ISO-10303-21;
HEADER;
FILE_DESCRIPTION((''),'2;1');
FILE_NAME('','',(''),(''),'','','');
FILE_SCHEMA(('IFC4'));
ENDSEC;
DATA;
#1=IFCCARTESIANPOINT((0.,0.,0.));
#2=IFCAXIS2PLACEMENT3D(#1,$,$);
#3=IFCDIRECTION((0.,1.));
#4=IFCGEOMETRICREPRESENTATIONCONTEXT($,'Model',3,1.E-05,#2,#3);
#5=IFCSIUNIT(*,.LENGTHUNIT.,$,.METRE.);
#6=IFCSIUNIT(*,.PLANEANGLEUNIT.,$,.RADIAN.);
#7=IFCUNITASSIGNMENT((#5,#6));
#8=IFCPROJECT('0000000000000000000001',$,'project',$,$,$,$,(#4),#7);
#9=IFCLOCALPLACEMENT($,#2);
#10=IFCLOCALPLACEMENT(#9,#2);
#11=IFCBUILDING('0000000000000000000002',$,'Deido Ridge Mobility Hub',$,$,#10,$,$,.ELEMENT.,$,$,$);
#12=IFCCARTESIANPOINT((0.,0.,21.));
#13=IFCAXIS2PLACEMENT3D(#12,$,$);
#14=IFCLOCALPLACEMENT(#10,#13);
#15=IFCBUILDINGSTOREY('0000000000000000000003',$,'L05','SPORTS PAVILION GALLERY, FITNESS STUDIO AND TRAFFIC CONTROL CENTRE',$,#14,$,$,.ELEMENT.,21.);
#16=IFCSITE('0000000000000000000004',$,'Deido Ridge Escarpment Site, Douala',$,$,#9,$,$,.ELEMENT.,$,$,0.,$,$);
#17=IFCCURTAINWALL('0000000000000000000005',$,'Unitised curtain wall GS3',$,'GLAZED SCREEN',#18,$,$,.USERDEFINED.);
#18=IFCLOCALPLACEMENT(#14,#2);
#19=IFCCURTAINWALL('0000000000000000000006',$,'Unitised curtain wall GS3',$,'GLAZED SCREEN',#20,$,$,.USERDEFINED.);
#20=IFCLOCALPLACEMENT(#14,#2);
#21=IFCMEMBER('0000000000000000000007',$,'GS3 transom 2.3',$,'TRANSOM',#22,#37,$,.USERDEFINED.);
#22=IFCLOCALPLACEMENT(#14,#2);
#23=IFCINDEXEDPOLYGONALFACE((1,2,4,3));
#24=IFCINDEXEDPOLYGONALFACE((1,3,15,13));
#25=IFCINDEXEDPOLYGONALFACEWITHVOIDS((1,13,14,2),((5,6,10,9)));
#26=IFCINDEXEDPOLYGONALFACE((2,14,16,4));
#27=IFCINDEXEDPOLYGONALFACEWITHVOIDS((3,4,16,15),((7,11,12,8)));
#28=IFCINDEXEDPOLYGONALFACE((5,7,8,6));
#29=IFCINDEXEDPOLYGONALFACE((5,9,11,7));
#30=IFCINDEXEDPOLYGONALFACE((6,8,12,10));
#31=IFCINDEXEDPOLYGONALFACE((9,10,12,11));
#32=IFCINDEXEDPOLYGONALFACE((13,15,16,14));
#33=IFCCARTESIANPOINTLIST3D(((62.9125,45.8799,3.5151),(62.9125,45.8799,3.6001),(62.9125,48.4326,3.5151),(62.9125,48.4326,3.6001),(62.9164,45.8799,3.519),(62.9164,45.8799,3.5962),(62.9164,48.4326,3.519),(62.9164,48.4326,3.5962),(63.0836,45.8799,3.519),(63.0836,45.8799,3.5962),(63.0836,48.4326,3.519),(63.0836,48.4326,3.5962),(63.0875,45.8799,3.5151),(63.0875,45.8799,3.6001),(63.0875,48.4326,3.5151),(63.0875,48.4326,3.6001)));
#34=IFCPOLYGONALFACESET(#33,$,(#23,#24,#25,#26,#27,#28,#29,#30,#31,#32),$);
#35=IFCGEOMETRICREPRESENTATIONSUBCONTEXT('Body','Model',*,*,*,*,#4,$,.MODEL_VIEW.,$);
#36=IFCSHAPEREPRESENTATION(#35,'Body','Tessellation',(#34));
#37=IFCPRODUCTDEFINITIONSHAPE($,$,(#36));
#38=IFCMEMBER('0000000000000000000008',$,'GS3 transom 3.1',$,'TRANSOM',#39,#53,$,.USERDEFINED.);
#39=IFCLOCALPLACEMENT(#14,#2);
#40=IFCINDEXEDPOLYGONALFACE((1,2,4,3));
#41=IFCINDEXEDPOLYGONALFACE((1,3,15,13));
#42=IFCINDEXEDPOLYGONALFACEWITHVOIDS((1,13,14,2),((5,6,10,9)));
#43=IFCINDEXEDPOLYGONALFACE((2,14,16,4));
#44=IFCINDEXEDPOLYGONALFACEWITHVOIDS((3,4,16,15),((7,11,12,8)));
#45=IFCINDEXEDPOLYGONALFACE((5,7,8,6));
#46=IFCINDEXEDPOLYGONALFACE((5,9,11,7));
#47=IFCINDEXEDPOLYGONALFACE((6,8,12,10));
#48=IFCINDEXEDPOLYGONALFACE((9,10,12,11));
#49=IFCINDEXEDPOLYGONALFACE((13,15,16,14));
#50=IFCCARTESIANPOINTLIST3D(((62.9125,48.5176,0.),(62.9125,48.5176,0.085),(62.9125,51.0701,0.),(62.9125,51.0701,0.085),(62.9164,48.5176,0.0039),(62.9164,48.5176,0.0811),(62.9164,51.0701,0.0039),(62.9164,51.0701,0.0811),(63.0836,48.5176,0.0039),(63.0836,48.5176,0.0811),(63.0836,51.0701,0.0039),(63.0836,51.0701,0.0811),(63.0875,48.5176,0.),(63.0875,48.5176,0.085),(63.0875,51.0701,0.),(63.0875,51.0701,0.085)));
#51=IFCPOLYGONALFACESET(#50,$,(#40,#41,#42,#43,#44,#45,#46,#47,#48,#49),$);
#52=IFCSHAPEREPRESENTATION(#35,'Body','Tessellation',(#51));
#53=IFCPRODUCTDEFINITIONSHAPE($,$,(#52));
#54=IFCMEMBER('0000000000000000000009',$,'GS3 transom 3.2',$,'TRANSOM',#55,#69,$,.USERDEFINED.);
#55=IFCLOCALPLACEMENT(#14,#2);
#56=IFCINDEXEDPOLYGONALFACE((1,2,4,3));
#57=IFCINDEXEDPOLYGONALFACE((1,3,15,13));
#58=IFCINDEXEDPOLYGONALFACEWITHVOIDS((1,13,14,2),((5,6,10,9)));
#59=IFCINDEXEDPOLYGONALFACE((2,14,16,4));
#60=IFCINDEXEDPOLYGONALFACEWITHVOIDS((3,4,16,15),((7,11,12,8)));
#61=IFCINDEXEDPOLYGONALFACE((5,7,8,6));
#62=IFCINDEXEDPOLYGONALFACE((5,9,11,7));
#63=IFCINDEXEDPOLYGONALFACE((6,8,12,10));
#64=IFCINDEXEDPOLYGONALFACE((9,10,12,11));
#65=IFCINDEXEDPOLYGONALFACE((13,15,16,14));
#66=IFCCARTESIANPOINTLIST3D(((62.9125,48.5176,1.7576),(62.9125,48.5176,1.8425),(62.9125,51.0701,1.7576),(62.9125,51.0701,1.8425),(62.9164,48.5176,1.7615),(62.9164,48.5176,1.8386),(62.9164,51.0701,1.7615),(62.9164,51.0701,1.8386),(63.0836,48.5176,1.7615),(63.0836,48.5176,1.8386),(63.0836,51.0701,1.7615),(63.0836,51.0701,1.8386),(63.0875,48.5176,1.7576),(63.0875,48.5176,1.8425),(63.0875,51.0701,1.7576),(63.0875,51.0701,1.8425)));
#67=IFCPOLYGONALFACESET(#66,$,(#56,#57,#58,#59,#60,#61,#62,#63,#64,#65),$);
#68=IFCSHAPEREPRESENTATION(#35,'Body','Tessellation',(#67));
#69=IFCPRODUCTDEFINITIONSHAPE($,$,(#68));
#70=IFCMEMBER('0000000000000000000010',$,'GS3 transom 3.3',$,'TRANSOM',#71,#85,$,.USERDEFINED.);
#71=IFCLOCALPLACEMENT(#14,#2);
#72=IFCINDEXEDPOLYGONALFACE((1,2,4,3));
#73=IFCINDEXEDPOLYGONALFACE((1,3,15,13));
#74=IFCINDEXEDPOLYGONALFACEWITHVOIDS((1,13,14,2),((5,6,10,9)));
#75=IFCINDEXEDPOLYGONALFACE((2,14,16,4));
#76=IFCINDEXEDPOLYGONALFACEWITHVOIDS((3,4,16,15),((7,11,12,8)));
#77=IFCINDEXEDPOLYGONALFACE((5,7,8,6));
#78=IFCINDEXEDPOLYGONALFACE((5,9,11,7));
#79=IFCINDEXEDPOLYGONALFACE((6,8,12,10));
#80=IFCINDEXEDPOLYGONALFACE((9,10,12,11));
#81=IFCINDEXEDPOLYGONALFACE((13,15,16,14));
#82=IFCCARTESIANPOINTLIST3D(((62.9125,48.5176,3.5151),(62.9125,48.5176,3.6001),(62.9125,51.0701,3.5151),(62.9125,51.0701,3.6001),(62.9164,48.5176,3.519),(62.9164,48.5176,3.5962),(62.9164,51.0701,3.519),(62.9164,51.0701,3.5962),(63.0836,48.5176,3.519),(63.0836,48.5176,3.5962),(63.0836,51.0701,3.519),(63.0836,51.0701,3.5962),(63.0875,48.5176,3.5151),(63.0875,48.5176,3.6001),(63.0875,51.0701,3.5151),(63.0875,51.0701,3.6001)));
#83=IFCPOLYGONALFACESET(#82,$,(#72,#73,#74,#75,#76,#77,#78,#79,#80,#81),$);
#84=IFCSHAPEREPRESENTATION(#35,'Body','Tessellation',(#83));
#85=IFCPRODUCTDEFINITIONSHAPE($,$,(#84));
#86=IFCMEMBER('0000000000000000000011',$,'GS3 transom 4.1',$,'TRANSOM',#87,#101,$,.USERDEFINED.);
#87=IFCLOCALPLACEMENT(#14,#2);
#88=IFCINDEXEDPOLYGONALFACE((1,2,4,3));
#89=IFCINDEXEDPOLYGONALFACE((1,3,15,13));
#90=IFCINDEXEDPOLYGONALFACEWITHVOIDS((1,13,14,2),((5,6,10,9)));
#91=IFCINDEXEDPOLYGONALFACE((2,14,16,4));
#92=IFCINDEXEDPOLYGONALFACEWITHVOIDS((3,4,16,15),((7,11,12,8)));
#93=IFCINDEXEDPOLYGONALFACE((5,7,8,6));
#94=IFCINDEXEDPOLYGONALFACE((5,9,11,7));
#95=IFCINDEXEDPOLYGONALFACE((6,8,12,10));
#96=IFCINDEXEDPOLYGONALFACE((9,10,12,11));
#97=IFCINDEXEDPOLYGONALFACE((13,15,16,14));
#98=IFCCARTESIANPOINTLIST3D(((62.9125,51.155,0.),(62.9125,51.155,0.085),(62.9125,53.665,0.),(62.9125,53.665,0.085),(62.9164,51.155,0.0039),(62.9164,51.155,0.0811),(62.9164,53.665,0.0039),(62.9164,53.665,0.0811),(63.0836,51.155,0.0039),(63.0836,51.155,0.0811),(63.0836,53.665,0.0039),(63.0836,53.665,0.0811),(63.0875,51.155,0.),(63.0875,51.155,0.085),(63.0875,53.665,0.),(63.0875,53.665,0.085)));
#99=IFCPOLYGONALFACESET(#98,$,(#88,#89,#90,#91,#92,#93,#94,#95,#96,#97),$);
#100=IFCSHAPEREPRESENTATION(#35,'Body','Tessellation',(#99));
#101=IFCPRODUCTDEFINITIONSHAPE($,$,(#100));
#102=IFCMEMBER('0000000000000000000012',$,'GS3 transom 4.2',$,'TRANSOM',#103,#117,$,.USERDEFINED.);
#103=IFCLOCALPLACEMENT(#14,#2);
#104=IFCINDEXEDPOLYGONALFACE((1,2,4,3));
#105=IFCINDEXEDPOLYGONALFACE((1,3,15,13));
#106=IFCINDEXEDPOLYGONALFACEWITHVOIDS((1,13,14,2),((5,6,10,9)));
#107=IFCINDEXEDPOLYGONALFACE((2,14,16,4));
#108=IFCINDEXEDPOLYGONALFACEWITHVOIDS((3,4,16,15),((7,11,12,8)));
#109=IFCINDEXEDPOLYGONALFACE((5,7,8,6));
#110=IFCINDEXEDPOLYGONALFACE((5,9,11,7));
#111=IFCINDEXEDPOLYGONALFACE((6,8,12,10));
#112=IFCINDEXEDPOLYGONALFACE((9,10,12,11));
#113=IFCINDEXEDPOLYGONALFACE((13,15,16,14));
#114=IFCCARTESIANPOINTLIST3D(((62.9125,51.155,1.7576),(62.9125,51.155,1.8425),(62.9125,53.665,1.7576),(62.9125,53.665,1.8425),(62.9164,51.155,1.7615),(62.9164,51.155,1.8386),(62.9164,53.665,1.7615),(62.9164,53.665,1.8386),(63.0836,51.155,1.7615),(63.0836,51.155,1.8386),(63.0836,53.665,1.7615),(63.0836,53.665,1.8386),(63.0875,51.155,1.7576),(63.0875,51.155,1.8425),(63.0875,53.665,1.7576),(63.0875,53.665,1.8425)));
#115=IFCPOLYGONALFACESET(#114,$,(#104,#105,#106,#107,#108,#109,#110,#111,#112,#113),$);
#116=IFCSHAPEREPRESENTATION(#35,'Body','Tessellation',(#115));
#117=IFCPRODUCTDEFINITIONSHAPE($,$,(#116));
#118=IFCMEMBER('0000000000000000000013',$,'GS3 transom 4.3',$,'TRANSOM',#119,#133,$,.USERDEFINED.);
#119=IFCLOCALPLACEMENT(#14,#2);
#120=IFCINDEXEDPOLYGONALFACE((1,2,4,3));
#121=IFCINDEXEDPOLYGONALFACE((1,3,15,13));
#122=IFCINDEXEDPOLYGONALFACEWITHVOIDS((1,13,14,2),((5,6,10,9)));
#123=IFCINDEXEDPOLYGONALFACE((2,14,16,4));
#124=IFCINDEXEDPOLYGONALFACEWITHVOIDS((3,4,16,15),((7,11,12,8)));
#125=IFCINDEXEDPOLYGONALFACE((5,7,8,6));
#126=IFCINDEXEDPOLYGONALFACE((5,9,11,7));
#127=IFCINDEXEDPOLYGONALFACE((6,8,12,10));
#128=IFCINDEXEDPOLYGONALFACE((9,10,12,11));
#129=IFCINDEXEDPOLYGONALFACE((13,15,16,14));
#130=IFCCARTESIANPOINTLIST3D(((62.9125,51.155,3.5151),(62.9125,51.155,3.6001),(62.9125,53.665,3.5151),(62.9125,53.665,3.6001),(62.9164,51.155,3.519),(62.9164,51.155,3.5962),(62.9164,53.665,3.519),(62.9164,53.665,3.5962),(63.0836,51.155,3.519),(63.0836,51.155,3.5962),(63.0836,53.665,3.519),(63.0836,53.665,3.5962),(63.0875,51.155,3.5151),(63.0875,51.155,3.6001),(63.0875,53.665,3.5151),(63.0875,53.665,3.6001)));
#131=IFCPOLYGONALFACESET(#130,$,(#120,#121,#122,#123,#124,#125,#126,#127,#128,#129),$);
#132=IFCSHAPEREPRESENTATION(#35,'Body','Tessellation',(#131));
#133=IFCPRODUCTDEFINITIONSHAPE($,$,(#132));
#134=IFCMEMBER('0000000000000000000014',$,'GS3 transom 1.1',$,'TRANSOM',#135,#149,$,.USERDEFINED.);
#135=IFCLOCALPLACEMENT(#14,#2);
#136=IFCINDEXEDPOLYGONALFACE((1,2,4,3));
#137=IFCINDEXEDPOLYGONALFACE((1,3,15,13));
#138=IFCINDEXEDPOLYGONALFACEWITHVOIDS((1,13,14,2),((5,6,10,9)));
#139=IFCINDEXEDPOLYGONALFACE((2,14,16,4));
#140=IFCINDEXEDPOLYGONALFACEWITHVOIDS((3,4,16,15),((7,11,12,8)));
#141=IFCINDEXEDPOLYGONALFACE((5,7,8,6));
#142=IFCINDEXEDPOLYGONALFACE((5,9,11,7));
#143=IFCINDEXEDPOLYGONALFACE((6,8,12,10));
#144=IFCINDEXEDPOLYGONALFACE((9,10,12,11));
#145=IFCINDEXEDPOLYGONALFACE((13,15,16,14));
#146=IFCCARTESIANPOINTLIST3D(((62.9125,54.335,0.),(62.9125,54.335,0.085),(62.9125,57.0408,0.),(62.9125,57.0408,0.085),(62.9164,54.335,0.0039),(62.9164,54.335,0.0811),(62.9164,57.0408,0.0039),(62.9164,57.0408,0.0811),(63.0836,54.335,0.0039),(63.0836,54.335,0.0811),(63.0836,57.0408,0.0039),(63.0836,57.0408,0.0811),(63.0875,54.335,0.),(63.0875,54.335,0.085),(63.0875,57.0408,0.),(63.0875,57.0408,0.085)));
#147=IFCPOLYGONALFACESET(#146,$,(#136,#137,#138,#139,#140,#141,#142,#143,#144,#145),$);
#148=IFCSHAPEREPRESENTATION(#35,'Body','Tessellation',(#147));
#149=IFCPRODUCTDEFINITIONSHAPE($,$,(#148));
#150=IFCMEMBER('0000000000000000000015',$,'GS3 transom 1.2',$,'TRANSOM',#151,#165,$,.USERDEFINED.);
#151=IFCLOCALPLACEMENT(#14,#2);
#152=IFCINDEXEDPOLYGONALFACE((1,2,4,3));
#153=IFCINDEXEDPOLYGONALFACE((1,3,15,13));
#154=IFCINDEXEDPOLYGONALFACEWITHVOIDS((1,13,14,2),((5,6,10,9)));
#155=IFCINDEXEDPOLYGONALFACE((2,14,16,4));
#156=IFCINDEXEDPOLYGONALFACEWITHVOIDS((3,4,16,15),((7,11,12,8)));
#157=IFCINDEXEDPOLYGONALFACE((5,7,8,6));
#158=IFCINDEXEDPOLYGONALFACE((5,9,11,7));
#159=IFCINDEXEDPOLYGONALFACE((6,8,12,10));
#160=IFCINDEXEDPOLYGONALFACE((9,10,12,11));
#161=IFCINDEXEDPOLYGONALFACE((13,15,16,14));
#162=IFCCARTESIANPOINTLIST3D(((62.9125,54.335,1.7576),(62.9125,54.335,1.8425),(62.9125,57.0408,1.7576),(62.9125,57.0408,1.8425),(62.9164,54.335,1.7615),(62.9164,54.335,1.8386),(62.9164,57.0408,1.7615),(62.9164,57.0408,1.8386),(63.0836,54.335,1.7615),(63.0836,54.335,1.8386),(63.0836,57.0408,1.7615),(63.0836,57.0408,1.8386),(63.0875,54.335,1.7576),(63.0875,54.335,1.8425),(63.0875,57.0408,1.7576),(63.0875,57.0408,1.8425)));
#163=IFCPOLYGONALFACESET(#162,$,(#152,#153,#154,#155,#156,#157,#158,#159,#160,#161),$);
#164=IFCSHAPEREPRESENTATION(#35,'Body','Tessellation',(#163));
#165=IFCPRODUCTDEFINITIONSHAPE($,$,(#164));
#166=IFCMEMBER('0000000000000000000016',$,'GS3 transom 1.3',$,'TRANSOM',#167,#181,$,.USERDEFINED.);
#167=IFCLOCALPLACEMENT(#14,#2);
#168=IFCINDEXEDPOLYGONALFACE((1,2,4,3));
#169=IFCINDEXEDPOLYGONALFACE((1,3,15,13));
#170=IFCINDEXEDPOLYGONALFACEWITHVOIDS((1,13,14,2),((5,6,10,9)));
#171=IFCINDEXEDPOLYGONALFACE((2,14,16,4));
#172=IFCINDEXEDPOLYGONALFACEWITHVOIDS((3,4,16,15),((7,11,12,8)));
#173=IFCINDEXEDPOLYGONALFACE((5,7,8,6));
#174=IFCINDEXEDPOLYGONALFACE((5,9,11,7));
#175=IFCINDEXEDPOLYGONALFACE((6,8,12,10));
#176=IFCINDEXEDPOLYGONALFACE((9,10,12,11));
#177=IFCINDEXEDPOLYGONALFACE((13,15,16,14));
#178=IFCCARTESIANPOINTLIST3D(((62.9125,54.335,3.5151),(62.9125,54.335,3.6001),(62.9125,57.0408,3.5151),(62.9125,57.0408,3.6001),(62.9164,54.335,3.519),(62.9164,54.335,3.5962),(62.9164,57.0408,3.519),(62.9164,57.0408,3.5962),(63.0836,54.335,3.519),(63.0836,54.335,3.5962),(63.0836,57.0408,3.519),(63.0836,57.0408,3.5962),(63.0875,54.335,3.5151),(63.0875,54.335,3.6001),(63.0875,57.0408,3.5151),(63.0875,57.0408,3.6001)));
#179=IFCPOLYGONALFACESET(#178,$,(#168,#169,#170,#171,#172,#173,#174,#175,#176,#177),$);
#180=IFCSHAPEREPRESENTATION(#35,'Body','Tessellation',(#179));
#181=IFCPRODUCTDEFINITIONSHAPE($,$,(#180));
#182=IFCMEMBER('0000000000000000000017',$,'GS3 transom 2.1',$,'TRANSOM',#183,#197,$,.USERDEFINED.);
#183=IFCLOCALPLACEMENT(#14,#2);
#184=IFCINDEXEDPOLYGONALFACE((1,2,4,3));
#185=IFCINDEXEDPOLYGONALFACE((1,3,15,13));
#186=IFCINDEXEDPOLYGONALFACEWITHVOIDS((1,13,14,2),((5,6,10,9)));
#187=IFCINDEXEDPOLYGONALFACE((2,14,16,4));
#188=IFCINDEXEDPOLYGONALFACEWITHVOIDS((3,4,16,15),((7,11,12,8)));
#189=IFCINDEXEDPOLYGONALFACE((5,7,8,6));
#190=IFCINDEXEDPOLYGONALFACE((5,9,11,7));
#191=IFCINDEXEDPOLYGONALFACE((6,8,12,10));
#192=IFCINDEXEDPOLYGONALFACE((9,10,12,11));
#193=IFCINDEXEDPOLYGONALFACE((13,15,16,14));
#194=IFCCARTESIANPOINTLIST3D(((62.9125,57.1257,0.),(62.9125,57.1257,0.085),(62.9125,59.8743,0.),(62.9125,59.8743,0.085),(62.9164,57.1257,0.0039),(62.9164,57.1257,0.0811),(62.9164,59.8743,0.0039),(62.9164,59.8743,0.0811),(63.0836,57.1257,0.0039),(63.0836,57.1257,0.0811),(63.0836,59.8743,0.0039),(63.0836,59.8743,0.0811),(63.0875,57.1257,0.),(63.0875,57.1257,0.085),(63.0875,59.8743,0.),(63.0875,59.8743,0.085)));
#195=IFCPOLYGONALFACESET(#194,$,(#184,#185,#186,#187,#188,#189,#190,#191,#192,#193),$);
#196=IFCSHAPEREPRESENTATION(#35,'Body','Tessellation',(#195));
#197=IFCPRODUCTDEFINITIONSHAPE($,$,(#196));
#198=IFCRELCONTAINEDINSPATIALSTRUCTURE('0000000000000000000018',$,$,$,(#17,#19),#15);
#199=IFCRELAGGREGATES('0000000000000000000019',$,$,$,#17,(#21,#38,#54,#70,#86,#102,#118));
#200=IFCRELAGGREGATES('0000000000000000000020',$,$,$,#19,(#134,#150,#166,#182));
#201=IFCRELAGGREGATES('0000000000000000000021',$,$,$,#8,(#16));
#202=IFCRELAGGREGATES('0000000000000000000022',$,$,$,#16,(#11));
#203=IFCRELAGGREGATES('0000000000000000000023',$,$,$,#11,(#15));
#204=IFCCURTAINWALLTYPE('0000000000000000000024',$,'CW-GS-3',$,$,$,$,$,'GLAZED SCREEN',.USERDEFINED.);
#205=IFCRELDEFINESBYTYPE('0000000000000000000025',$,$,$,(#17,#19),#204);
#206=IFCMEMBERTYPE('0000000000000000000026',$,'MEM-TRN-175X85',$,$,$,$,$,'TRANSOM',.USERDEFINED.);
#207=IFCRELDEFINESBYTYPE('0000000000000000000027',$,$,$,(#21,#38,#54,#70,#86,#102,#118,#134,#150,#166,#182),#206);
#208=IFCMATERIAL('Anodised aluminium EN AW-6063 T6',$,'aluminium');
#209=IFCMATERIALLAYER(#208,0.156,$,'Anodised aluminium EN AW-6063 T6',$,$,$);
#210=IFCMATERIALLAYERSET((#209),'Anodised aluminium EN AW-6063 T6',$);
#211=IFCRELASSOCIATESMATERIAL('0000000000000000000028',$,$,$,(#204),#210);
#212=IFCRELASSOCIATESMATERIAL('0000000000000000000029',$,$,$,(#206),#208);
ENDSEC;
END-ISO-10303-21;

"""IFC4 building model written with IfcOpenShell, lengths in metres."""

from ifc_helpers import new_model, si_unit, direction, frame, origin, origin_2d, place, context, subcontext, project, spatial, hollow_rectangle, extrude, material, layer, layer_set, material_profile, profile_set, type_object, element, aggregate, save


model = new_model("IFC4")

# Units and contexts
model_context = context("Model", 3, precision=1e-05, world=origin(), true_north=direction((0.0, 1.0)))
body_context = subcontext(model_context, "Body", "Model", "MODEL_VIEW")
ifc_project = project(units=[si_unit("LENGTHUNIT", "METRE"), si_unit("PLANEANGLEUNIT", "RADIAN")], contexts=[model_context])

# Site, building, storey
site_placement = place(None, origin())
site = spatial("IfcSite", under=ifc_project, at=site_placement, Name="Deido Ridge Escarpment Site, Douala", CompositionType="ELEMENT", RefElevation=0.0)
building_placement = place(site_placement, origin())
building = spatial("IfcBuilding", under=site, at=building_placement, Name="Deido Ridge Mobility Hub", CompositionType="ELEMENT")
storey_placement = place(building_placement, frame((0.0, 0.0, 21.0)))
storey = spatial("IfcBuildingStorey", under=building, at=storey_placement, Name="L05", Description="SPORTS PAVILION GALLERY, FITNESS STUDIO AND TRAFFIC CONTROL CENTRE", CompositionType="ELEMENT", Elevation=21.0)

# Curtain walls
ifc_material_1 = material(Name="Anodised aluminium EN AW-6063 T6", Category="aluminium")
ifc_layer_1 = layer(ifc_material_1, 0.156, Name="Anodised aluminium EN AW-6063 T6")
ifc_layer_set_1 = layer_set([ifc_layer_1], Name="Anodised aluminium EN AW-6063 T6")
curtain_wall_type = type_object("IfcCurtainWallType", Name="CW-GS-3", ElementType="GLAZED SCREEN", PredefinedType="USERDEFINED", material=ifc_layer_set_1)
curtain_wall_1_placement = place(storey_placement, origin())
curtain_wall_1 = element("IfcCurtainWall", 1, at=curtain_wall_1_placement, inside=storey, type_object=curtain_wall_type, Name="Unitised curtain wall GS3", ObjectType="GLAZED SCREEN", PredefinedType="USERDEFINED")
curtain_wall_2_placement = place(storey_placement, origin())
curtain_wall_2 = element("IfcCurtainWall", 2, at=curtain_wall_2_placement, inside=storey, type_object=curtain_wall_type, Name="Unitised curtain wall GS3", ObjectType="GLAZED SCREEN", PredefinedType="USERDEFINED")

# Members
ifc_material_profile_1 = material_profile(ifc_material_1, hollow_rectangle(XDim=0.175, YDim=0.085, WallThickness=0.0039, at=origin_2d()), Name="RHS 175x85x4")
ifc_profile_set_1 = profile_set([ifc_material_profile_1], Name="Anodised aluminium EN AW-6063 T6")
member_type_1 = type_object("IfcMemberType", Name="MEM-TRN-175X85", ElementType="TRANSOM", PredefinedType="USERDEFINED", material=ifc_profile_set_1)
member_1_placement = place(storey_placement, frame((63.0, 45.8799, 3.5576), z_axis=(0.0, 1.0, 0.0), x_axis=(-1.0, 0.0, 0.0)))
member_1 = element("IfcMember", 3, at=member_1_placement, type_object=member_type_1, Name="GS3 transom 2.3", ObjectType="TRANSOM", PredefinedType="USERDEFINED", context=body_context, shape_type="SweptSolid", body=[
    extrude(hollow_rectangle(XDim=0.175, YDim=0.085, WallThickness=0.0039, at=origin_2d()), origin(), (0.0, 0.0, 1.0), 2.5527),
])
member_2_placement = place(storey_placement, frame((63.0, 48.5176, 0.0425), z_axis=(0.0, 1.0, 0.0), x_axis=(-1.0, 0.0, 0.0)))
member_2 = element("IfcMember", 4, at=member_2_placement, type_object=member_type_1, Name="GS3 transom 3.1", ObjectType="TRANSOM", PredefinedType="USERDEFINED", context=body_context, shape_type="SweptSolid", body=[
    extrude(hollow_rectangle(XDim=0.175, YDim=0.085, WallThickness=0.0039, at=origin_2d()), origin(), (0.0, 0.0, 1.0), 2.5525),
])
member_3_placement = place(storey_placement, frame((63.0, 48.5176, 1.8), z_axis=(0.0, 1.0, 0.0), x_axis=(-1.0, 0.0, 0.0)))
member_3 = element("IfcMember", 5, at=member_3_placement, type_object=member_type_1, Name="GS3 transom 3.2", ObjectType="TRANSOM", PredefinedType="USERDEFINED", context=body_context, shape_type="SweptSolid", body=[
    extrude(hollow_rectangle(XDim=0.175, YDim=0.085, WallThickness=0.0039, at=origin_2d()), origin(), (0.0, 0.0, 1.0), 2.5525),
])
member_4_placement = place(storey_placement, frame((63.0, 48.5176, 3.5576), z_axis=(0.0, 1.0, 0.0), x_axis=(-1.0, 0.0, 0.0)))
member_4 = element("IfcMember", 6, at=member_4_placement, type_object=member_type_1, Name="GS3 transom 3.3", ObjectType="TRANSOM", PredefinedType="USERDEFINED", context=body_context, shape_type="SweptSolid", body=[
    extrude(hollow_rectangle(XDim=0.175, YDim=0.085, WallThickness=0.0039, at=origin_2d()), origin(), (0.0, 0.0, 1.0), 2.5525),
])
member_5_placement = place(storey_placement, frame((63.0, 51.155, 0.0425), z_axis=(0.0, 1.0, 0.0), x_axis=(-1.0, 0.0, 0.0)))
member_5 = element("IfcMember", 7, at=member_5_placement, type_object=member_type_1, Name="GS3 transom 4.1", ObjectType="TRANSOM", PredefinedType="USERDEFINED", context=body_context, shape_type="SweptSolid", body=[
    extrude(hollow_rectangle(XDim=0.175, YDim=0.085, WallThickness=0.0039, at=origin_2d()), origin(), (0.0, 0.0, 1.0), 2.51),
])
member_6_placement = place(storey_placement, frame((63.0, 51.155, 1.8), z_axis=(0.0, 1.0, 0.0), x_axis=(-1.0, 0.0, 0.0)))
member_6 = element("IfcMember", 8, at=member_6_placement, type_object=member_type_1, Name="GS3 transom 4.2", ObjectType="TRANSOM", PredefinedType="USERDEFINED", context=body_context, shape_type="SweptSolid", body=[
    extrude(hollow_rectangle(XDim=0.175, YDim=0.085, WallThickness=0.0039, at=origin_2d()), origin(), (0.0, 0.0, 1.0), 2.51),
])
member_7_placement = place(storey_placement, frame((63.0, 51.155, 3.5576), z_axis=(0.0, 1.0, 0.0), x_axis=(-1.0, 0.0, 0.0)))
member_7 = element("IfcMember", 9, at=member_7_placement, type_object=member_type_1, Name="GS3 transom 4.3", ObjectType="TRANSOM", PredefinedType="USERDEFINED", context=body_context, shape_type="SweptSolid", body=[
    extrude(hollow_rectangle(XDim=0.175, YDim=0.085, WallThickness=0.0039, at=origin_2d()), origin(), (0.0, 0.0, 1.0), 2.51),
])
member_8_placement = place(storey_placement, frame((63.0, 54.335, 0.0425), z_axis=(0.0, 1.0, 0.0), x_axis=(-1.0, 0.0, 0.0)))
member_8 = element("IfcMember", 10, at=member_8_placement, type_object=member_type_1, Name="GS3 transom 1.1", ObjectType="TRANSOM", PredefinedType="USERDEFINED", context=body_context, shape_type="SweptSolid", body=[
    extrude(hollow_rectangle(XDim=0.175, YDim=0.085, WallThickness=0.0039, at=origin_2d()), origin(), (0.0, 0.0, 1.0), 2.7058),
])
member_9_placement = place(storey_placement, frame((63.0, 54.335, 1.8), z_axis=(0.0, 1.0, 0.0), x_axis=(-1.0, 0.0, 0.0)))
member_9 = element("IfcMember", 11, at=member_9_placement, type_object=member_type_1, Name="GS3 transom 1.2", ObjectType="TRANSOM", PredefinedType="USERDEFINED", context=body_context, shape_type="SweptSolid", body=[
    extrude(hollow_rectangle(XDim=0.175, YDim=0.085, WallThickness=0.0039, at=origin_2d()), origin(), (0.0, 0.0, 1.0), 2.7058),
])
member_10_placement = place(storey_placement, frame((63.0, 54.335, 3.5576), z_axis=(0.0, 1.0, 0.0), x_axis=(-1.0, 0.0, 0.0)))
member_10 = element("IfcMember", 12, at=member_10_placement, type_object=member_type_1, Name="GS3 transom 1.3", ObjectType="TRANSOM", PredefinedType="USERDEFINED", context=body_context, shape_type="SweptSolid", body=[
    extrude(hollow_rectangle(XDim=0.175, YDim=0.085, WallThickness=0.0039, at=origin_2d()), origin(), (0.0, 0.0, 1.0), 2.7058),
])
member_11_placement = place(storey_placement, frame((63.0, 57.1257, 0.0425), z_axis=(0.0, 1.0, 0.0), x_axis=(-1.0, 0.0, 0.0)))
member_11 = element("IfcMember", 13, at=member_11_placement, type_object=member_type_1, Name="GS3 transom 2.1", ObjectType="TRANSOM", PredefinedType="USERDEFINED", context=body_context, shape_type="SweptSolid", body=[
    extrude(hollow_rectangle(XDim=0.175, YDim=0.085, WallThickness=0.0039, at=origin_2d()), origin(), (0.0, 0.0, 1.0), 2.7485),
])

aggregate(curtain_wall_1, [member_1, member_2, member_3, member_4, member_5, member_6, member_7])
aggregate(curtain_wall_2, [member_8, member_9, member_10, member_11])

save(model, "model.ifc")
